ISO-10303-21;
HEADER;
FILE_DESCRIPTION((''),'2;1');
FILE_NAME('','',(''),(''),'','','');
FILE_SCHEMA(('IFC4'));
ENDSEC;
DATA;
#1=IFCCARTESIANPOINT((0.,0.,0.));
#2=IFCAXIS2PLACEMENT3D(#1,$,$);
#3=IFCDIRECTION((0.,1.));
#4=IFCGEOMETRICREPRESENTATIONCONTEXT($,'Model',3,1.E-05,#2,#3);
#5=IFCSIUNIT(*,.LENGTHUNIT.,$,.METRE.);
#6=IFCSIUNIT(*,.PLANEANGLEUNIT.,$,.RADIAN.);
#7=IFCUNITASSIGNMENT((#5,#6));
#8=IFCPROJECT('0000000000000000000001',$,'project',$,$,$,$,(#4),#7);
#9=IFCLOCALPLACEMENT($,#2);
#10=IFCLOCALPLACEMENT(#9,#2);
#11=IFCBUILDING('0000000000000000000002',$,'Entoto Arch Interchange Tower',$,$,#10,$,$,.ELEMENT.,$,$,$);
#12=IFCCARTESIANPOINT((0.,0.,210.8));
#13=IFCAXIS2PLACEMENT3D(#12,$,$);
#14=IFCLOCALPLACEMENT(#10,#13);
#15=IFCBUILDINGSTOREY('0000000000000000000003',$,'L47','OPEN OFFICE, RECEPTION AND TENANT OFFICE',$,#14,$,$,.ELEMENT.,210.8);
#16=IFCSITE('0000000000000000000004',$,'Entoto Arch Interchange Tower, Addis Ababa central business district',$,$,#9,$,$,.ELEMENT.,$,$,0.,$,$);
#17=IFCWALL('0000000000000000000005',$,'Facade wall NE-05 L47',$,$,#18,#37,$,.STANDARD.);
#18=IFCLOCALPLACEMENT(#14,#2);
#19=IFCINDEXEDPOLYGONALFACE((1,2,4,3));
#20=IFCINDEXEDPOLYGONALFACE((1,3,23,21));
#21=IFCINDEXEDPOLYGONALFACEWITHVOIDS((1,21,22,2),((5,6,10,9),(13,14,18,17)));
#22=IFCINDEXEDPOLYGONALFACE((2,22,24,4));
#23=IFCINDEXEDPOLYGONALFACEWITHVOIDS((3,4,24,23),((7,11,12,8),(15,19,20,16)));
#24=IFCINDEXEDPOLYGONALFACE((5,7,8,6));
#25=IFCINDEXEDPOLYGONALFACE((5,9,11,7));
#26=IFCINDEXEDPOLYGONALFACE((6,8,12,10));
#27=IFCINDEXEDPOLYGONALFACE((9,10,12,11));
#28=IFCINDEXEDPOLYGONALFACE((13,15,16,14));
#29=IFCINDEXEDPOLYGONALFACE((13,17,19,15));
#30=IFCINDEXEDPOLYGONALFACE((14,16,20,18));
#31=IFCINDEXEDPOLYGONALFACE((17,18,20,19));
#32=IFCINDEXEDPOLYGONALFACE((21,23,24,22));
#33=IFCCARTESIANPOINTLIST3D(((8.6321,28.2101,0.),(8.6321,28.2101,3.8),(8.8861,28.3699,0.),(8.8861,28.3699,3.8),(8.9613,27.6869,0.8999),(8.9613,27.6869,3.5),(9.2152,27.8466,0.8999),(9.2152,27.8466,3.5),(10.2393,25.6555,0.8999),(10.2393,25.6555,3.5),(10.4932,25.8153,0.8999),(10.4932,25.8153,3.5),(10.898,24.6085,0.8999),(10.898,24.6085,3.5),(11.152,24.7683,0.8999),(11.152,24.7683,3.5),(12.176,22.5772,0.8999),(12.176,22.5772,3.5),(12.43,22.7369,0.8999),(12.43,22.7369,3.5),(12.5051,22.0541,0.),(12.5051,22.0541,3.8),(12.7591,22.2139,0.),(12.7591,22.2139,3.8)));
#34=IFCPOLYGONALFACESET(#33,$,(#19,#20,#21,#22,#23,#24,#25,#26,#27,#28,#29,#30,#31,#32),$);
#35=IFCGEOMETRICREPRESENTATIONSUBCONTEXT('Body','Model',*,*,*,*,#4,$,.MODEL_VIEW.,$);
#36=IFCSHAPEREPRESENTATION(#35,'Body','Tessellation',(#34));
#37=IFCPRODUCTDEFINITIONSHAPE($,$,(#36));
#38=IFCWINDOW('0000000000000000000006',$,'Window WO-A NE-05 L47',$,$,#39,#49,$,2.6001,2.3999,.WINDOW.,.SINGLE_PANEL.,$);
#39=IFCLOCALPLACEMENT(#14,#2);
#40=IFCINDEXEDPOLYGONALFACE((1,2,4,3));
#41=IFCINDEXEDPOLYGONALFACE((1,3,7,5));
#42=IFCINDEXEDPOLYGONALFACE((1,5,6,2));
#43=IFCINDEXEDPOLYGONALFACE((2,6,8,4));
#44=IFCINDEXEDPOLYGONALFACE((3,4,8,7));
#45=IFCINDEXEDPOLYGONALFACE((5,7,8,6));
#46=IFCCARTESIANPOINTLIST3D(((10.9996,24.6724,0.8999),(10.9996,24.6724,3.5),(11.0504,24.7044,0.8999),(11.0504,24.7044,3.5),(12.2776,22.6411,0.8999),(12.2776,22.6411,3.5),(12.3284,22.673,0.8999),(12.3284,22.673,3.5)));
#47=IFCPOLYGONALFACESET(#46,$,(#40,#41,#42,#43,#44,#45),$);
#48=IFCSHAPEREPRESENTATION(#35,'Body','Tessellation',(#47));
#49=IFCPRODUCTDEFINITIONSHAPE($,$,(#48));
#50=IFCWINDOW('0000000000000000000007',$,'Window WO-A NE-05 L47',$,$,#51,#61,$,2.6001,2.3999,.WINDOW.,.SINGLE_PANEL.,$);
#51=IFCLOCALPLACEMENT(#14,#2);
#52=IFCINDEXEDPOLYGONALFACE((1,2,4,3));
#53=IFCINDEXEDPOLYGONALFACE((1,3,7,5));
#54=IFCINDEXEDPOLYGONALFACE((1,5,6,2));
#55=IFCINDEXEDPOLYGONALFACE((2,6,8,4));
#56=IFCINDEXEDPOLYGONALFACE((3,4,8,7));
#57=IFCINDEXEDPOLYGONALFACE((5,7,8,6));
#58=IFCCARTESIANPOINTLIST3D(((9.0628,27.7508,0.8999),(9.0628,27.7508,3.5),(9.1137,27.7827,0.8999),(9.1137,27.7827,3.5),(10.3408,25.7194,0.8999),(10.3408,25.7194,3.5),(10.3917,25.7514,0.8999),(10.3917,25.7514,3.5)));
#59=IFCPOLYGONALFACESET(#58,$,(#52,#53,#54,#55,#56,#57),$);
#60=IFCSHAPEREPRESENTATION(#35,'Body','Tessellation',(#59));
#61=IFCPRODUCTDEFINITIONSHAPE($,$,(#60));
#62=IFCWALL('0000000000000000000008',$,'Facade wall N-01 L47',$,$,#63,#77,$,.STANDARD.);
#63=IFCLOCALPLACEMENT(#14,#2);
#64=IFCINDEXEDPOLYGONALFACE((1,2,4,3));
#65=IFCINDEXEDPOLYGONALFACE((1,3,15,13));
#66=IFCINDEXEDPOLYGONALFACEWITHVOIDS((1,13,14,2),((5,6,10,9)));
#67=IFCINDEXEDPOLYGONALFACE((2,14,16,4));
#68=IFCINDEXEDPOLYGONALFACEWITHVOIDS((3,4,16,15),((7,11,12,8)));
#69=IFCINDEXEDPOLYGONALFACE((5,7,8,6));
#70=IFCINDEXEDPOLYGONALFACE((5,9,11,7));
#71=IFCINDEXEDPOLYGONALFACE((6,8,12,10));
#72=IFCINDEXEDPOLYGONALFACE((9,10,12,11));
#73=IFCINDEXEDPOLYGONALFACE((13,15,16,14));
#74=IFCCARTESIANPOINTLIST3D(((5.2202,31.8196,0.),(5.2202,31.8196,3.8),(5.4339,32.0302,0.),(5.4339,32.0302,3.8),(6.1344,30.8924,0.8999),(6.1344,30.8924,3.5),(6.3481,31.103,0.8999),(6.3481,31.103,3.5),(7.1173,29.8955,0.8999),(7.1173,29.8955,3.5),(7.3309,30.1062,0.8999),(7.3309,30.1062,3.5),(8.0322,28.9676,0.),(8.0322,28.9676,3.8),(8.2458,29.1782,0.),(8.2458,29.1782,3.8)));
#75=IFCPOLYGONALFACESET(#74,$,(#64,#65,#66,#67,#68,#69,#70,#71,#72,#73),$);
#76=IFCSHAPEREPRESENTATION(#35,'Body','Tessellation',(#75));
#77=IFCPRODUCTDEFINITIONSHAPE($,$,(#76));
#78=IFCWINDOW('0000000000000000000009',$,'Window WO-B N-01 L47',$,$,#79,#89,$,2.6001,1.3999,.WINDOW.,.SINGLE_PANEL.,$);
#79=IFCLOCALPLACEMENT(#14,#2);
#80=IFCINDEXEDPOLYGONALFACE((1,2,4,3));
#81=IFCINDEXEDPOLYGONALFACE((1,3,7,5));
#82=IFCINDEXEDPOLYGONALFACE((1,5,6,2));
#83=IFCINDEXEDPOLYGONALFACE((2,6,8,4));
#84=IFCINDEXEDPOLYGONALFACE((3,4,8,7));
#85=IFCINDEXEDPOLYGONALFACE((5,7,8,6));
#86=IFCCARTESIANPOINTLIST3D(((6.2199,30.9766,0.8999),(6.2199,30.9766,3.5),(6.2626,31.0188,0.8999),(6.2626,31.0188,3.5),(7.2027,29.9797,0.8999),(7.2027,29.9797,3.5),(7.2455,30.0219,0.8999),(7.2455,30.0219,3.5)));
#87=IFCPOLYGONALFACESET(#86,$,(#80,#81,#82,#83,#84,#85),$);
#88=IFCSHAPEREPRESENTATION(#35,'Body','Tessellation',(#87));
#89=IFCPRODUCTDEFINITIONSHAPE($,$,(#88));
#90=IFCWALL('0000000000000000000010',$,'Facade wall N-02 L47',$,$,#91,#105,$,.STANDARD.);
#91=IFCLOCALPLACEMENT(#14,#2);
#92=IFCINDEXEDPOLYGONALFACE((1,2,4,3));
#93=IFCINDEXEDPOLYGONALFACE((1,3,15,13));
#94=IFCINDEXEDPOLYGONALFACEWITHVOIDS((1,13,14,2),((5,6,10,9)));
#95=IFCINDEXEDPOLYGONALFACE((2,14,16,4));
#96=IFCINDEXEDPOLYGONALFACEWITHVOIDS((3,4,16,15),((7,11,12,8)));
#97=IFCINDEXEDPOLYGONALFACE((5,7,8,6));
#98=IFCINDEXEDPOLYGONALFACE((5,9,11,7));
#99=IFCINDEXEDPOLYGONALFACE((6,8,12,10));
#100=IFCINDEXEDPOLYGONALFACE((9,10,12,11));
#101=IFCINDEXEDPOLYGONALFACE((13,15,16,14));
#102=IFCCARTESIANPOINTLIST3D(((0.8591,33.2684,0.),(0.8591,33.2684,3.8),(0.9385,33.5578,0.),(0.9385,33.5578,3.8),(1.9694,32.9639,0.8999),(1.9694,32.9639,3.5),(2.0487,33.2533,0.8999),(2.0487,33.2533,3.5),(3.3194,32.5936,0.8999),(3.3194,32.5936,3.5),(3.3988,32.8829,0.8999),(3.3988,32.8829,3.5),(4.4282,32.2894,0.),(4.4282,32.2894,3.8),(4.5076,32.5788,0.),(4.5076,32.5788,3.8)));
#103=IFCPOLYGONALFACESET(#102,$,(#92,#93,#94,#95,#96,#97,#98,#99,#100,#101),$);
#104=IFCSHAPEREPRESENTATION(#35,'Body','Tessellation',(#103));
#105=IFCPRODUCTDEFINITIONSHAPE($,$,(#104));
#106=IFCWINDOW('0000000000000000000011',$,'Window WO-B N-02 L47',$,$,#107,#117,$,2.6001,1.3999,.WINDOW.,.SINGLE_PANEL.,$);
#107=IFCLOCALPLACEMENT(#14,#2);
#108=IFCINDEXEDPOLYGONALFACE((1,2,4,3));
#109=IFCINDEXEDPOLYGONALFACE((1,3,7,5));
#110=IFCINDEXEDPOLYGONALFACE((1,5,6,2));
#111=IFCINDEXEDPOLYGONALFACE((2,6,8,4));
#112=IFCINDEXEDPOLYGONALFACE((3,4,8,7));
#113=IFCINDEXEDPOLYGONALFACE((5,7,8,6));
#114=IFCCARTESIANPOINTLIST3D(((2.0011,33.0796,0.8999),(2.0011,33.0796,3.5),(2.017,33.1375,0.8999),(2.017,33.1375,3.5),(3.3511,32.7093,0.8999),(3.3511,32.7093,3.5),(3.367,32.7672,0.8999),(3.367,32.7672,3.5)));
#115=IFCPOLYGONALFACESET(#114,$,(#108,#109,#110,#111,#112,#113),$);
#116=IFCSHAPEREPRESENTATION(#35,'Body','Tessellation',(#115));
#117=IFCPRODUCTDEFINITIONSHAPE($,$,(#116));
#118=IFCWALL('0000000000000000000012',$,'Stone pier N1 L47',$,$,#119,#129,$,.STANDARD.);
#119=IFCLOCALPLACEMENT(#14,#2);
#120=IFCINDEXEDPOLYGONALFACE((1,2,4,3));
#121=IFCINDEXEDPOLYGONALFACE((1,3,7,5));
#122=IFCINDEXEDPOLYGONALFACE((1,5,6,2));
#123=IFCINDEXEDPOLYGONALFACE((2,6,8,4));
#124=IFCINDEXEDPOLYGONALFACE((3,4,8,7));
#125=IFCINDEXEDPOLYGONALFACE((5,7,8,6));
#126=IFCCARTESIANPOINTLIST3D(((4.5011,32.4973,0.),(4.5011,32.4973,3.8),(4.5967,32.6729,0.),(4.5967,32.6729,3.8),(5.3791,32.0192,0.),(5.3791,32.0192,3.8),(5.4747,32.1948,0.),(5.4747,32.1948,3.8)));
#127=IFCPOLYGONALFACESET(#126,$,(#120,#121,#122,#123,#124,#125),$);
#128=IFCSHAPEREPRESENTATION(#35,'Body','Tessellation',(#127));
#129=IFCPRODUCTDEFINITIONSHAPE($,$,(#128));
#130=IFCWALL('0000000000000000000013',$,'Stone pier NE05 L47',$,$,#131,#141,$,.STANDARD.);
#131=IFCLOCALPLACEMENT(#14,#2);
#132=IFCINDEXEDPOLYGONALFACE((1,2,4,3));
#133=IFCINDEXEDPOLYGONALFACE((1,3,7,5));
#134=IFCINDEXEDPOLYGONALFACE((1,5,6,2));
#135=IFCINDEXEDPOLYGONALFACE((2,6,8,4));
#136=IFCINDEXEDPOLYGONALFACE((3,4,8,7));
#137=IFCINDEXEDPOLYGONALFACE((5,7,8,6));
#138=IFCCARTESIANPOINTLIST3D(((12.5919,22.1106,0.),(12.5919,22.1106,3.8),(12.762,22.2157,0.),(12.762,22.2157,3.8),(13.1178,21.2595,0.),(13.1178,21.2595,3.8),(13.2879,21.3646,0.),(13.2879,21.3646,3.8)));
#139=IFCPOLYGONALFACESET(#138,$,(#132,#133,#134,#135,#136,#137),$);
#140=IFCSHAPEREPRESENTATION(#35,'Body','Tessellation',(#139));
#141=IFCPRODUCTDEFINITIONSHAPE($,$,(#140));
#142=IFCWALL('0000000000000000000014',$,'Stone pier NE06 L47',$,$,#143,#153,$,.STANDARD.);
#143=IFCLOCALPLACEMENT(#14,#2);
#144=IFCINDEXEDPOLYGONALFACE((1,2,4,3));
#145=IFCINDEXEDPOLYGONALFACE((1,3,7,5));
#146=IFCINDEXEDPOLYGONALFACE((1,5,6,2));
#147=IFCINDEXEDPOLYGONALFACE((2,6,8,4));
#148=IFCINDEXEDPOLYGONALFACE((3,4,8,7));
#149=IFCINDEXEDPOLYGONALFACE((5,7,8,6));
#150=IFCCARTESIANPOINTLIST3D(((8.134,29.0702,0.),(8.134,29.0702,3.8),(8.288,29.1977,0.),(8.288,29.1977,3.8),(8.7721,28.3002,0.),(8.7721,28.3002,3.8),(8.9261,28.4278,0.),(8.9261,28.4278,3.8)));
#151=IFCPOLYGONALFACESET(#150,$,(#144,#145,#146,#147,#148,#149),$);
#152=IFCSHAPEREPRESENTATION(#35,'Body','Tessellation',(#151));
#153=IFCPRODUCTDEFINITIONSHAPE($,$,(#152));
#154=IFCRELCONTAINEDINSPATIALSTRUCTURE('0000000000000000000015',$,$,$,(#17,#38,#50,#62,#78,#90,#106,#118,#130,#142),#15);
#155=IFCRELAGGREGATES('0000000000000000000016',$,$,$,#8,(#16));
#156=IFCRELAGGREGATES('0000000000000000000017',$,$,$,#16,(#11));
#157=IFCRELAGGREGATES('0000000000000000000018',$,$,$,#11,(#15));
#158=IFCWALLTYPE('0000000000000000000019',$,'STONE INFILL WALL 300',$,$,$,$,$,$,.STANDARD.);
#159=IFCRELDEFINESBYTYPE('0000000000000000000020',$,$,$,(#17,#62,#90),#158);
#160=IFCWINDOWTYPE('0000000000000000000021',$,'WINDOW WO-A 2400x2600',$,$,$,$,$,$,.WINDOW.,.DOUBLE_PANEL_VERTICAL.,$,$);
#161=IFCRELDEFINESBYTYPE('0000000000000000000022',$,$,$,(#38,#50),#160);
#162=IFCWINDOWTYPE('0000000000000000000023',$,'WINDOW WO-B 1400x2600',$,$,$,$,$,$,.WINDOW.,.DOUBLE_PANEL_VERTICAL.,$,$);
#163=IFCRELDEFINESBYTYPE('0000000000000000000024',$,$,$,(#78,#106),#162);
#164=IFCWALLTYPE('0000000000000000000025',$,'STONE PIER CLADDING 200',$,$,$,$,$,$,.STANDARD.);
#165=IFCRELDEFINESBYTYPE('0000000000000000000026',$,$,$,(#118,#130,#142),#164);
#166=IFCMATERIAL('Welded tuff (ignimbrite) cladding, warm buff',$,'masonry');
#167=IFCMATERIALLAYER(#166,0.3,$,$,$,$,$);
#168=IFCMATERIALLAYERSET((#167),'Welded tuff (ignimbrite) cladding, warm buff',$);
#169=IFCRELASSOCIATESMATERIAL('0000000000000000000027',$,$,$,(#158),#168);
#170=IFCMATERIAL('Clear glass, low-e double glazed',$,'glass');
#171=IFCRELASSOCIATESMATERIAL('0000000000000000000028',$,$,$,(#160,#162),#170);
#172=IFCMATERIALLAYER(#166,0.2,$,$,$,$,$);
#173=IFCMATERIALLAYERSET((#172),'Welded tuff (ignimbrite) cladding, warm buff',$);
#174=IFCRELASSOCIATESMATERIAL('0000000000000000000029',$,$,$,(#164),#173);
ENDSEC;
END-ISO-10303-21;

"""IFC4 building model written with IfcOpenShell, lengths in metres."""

from ifc_helpers import new_model, si_unit, direction, frame, frame_2d, origin, place, context, subcontext, project, spatial, rectangle, extrude, material, layer, layer_set, type_object, element, fill, save


model = new_model("IFC4")

# Units and contexts
model_context = context("Model", 3, precision=1e-05, world=origin(), true_north=direction((0.0, 1.0)))
body_context = subcontext(model_context, "Body", "Model", "MODEL_VIEW")
ifc_project = project(units=[si_unit("LENGTHUNIT", "METRE"), si_unit("PLANEANGLEUNIT", "RADIAN")], contexts=[model_context])

# Site, building, storey
site_placement = place(None, origin())
site = spatial("IfcSite", under=ifc_project, at=site_placement, Name="Entoto Arch Interchange Tower, Addis Ababa central business district", CompositionType="ELEMENT", RefElevation=0.0)
building_placement = place(site_placement, origin())
building = spatial("IfcBuilding", under=site, at=building_placement, Name="Entoto Arch Interchange Tower", CompositionType="ELEMENT")
storey_placement = place(building_placement, frame((0.0, 0.0, 210.8)))
storey = spatial("IfcBuildingStorey", under=building, at=storey_placement, Name="L47", Description="OPEN OFFICE, RECEPTION AND TENANT OFFICE", CompositionType="ELEMENT", Elevation=210.8)

# Wall, openings, windows
ifc_material_1 = material(Name="Welded tuff (ignimbrite) cladding, warm buff", Category="masonry")
ifc_layer_1 = layer(ifc_material_1, 0.3)
ifc_layer_set_1 = layer_set([ifc_layer_1], Name="Welded tuff (ignimbrite) cladding, warm buff")
wall_type_1 = type_object("IfcWallType", Name="STONE INFILL WALL 300", PredefinedType="STANDARD", material=ifc_layer_set_1)
ifc_material_2 = material(Name="Clear glass, low-e double glazed", Category="glass")
window_type_1 = type_object("IfcWindowType", Name="WINDOW WO-A 2400x2600", PartitioningType="DOUBLE_PANEL_VERTICAL", PredefinedType="WINDOW", material=ifc_material_2)
wall_1_placement = place(storey_placement, frame((12.6321, 22.134, 0.0), z_axis=(0.0, 0.0, 1.0), x_axis=(-0.532522, 0.846416, 0.0)))
wall_1 = element("IfcWall", 1, at=wall_1_placement, inside=storey, type_object=wall_type_1, Name="Facade wall NE-05 L47", PredefinedType="STANDARD", context=body_context, shape_type="SweptSolid", body=[
    extrude(rectangle(XDim=7.2729, YDim=0.3, at=frame_2d((3.6365, 0.0))), origin(), (0.0, 0.0, 1.0), 3.8),
])
opening_1_placement = place(wall_1_placement, frame((0.6179, 0.0, 0.8999)))
opening_1 = element("IfcOpeningElement", 2, at=opening_1_placement, cuts=wall_1, PredefinedType="OPENING", context=body_context, shape_type="SweptSolid", body=[
    extrude(rectangle(XDim=2.3999, YDim=2.6001, at=frame_2d((1.2, 1.3))), frame((0.0, 0.1602, 0.0), z_axis=(0.0, -1.0, 0.0), x_axis=(1.0, 0.0, 0.0)), (0.0, 0.0, 1.0), 0.3201),
])
opening_2_placement = place(wall_1_placement, frame((4.2549, 0.0, 0.8999)))
opening_2 = element("IfcOpeningElement", 3, at=opening_2_placement, cuts=wall_1, PredefinedType="OPENING", context=body_context, shape_type="SweptSolid", body=[
    extrude(rectangle(XDim=2.3999, YDim=2.6001, at=frame_2d((1.2, 1.3))), frame((0.0, 0.1602, 0.0), z_axis=(0.0, -1.0, 0.0), x_axis=(1.0, 0.0, 0.0)), (0.0, 0.0, 1.0), 0.3201),
])
window_1_placement = place(opening_1_placement, origin())
window_1 = element("IfcWindow", 4, at=window_1_placement, inside=storey, type_object=window_type_1, Name="Window WO-A NE-05 L47", OverallHeight=2.6001, OverallWidth=2.3999, PartitioningType="SINGLE_PANEL", PredefinedType="WINDOW", context=body_context, shape_type="SweptSolid", body=[
    extrude(rectangle(XDim=2.3999, YDim=2.6001, at=frame_2d((1.2, 1.3))), frame((0.0, 0.03, 0.0), z_axis=(0.0, -1.0, 0.0), x_axis=(1.0, 0.0, 0.0)), (0.0, 0.0, 1.0), 0.0601),
])
fill(opening_1, window_1)
window_2_placement = place(opening_2_placement, origin())
window_2 = element("IfcWindow", 5, at=window_2_placement, inside=storey, type_object=window_type_1, Name="Window WO-A NE-05 L47", OverallHeight=2.6001, OverallWidth=2.3999, PartitioningType="SINGLE_PANEL", PredefinedType="WINDOW", context=body_context, shape_type="SweptSolid", body=[
    extrude(rectangle(XDim=2.3999, YDim=2.6001, at=frame_2d((1.2, 1.3))), frame((0.0, 0.03, 0.0), z_axis=(0.0, -1.0, 0.0), x_axis=(1.0, 0.0, 0.0)), (0.0, 0.0, 1.0), 0.0601),
])
fill(opening_2, window_2)

# Walls, openings, windows
wall_2_placement = place(storey_placement, frame((8.1389, 29.073, 0.0), z_axis=(0.0, 0.0, 1.0), x_axis=(-0.702091, 0.712088, 0.0)))
wall_2 = element("IfcWall", 6, at=wall_2_placement, inside=storey, type_object=wall_type_1, Name="Facade wall N-01 L47", PredefinedType="STANDARD", context=body_context, shape_type="SweptSolid", body=[
    extrude(rectangle(XDim=4.0051, YDim=0.3, at=frame_2d((2.0024, 0.0))), origin(), (0.0, 0.0, 1.0), 3.8),
])
opening_3_placement = place(wall_2_placement, frame((1.303, 0.0, 0.8999)))
opening_3 = element("IfcOpeningElement", 7, at=opening_3_placement, cuts=wall_2, PredefinedType="OPENING", context=body_context, shape_type="SweptSolid", body=[
    extrude(rectangle(XDim=1.3999, YDim=2.6001, at=frame_2d((0.7, 1.3))), frame((0.0, 0.1602, 0.0), z_axis=(0.0, -1.0, 0.0), x_axis=(1.0, 0.0, 0.0)), (0.0, 0.0, 1.0), 0.3201),
])
window_type_2 = type_object("IfcWindowType", Name="WINDOW WO-B 1400x2600", PartitioningType="DOUBLE_PANEL_VERTICAL", PredefinedType="WINDOW", material=ifc_material_2)
window_3_placement = place(opening_3_placement, origin())
window_3 = element("IfcWindow", 8, at=window_3_placement, inside=storey, type_object=window_type_2, Name="Window WO-B N-01 L47", OverallHeight=2.6001, OverallWidth=1.3999, PartitioningType="SINGLE_PANEL", PredefinedType="WINDOW", context=body_context, shape_type="SweptSolid", body=[
    extrude(rectangle(XDim=1.3999, YDim=2.6001, at=frame_2d((0.7, 1.3))), frame((0.0, 0.03, 0.0), z_axis=(0.0, -1.0, 0.0), x_axis=(1.0, 0.0, 0.0)), (0.0, 0.0, 1.0), 0.0601),
])
fill(opening_3, window_3)
wall_3_placement = place(storey_placement, frame((4.468, 32.4341, 0.0), z_axis=(0.0, 0.0, 1.0), x_axis=(-0.964378, 0.264529, 0.0)))
wall_3 = element("IfcWall", 9, at=wall_3_placement, inside=storey, type_object=wall_type_1, Name="Facade wall N-02 L47", PredefinedType="STANDARD", context=body_context, shape_type="SweptSolid", body=[
    extrude(rectangle(XDim=3.7009, YDim=0.3, at=frame_2d((1.8506, 0.0))), origin(), (0.0, 0.0, 1.0), 3.8),
])
opening_4_placement = place(wall_3_placement, frame((1.1499, 0.0, 0.8999)))
opening_4 = element("IfcOpeningElement", 10, at=opening_4_placement, cuts=wall_3, PredefinedType="OPENING", context=body_context, shape_type="SweptSolid", body=[
    extrude(rectangle(XDim=1.3999, YDim=2.6001, at=frame_2d((0.7, 1.3))), frame((0.0, 0.1602, 0.0), z_axis=(0.0, -1.0, 0.0), x_axis=(1.0, 0.0, 0.0)), (0.0, 0.0, 1.0), 0.3201),
])
window_4_placement = place(opening_4_placement, origin())
window_4 = element("IfcWindow", 11, at=window_4_placement, inside=storey, type_object=window_type_2, Name="Window WO-B N-02 L47", OverallHeight=2.6001, OverallWidth=1.3999, PartitioningType="SINGLE_PANEL", PredefinedType="WINDOW", context=body_context, shape_type="SweptSolid", body=[
    extrude(rectangle(XDim=1.3999, YDim=2.6001, at=frame_2d((0.7, 1.3))), frame((0.0, 0.03, 0.0), z_axis=(0.0, -1.0, 0.0), x_axis=(1.0, 0.0, 0.0)), (0.0, 0.0, 1.0), 0.0601),
])
fill(opening_4, window_4)

# Walls
ifc_layer_2 = layer(ifc_material_1, 0.2)
ifc_layer_set_2 = layer_set([ifc_layer_2], Name="Welded tuff (ignimbrite) cladding, warm buff")
wall_type_2 = type_object("IfcWallType", Name="STONE PIER CLADDING 200", PredefinedType="STANDARD", material=ifc_layer_set_2)
wall_4_placement = place(storey_placement, frame((5.427, 32.1069, 0.0), z_axis=(0.0, 0.0, 1.0), x_axis=(-0.87825, 0.478202, 0.0)))
element("IfcWall", 12, at=wall_4_placement, inside=storey, type_object=wall_type_2, Name="Stone pier N1 L47", PredefinedType="STANDARD", context=body_context, shape_type="SweptSolid", body=[
    extrude(rectangle(XDim=0.9998, YDim=0.2, at=frame_2d((0.5, 0.0))), origin(), (0.0, 0.0, 1.0), 3.8),
])
wall_5_placement = place(storey_placement, frame((13.2029, 21.312, 0.0), z_axis=(0.0, 0.0, 1.0), x_axis=(-0.525649, 0.850702, 0.0)))
element("IfcWall", 13, at=wall_5_placement, inside=storey, type_object=wall_type_2, Name="Stone pier NE05 L47", PredefinedType="STANDARD", context=body_context, shape_type="SweptSolid", body=[
    extrude(rectangle(XDim=1.0005, YDim=0.2, at=frame_2d((0.5002, 0.0))), origin(), (0.0, 0.0, 1.0), 3.8),
])
wall_6_placement = place(storey_placement, frame((8.8491, 28.364, 0.0), z_axis=(0.0, 0.0, 1.0), x_axis=(-0.638117, 0.769939, 0.0)))
element("IfcWall", 14, at=wall_6_placement, inside=storey, type_object=wall_type_2, Name="Stone pier NE06 L47", PredefinedType="STANDARD", context=body_context, shape_type="SweptSolid", body=[
    extrude(rectangle(XDim=1.0, YDim=0.2, at=frame_2d((0.5, 0.0))), origin(), (0.0, 0.0, 1.0), 3.8),
])

save(model, "model.ifc")
